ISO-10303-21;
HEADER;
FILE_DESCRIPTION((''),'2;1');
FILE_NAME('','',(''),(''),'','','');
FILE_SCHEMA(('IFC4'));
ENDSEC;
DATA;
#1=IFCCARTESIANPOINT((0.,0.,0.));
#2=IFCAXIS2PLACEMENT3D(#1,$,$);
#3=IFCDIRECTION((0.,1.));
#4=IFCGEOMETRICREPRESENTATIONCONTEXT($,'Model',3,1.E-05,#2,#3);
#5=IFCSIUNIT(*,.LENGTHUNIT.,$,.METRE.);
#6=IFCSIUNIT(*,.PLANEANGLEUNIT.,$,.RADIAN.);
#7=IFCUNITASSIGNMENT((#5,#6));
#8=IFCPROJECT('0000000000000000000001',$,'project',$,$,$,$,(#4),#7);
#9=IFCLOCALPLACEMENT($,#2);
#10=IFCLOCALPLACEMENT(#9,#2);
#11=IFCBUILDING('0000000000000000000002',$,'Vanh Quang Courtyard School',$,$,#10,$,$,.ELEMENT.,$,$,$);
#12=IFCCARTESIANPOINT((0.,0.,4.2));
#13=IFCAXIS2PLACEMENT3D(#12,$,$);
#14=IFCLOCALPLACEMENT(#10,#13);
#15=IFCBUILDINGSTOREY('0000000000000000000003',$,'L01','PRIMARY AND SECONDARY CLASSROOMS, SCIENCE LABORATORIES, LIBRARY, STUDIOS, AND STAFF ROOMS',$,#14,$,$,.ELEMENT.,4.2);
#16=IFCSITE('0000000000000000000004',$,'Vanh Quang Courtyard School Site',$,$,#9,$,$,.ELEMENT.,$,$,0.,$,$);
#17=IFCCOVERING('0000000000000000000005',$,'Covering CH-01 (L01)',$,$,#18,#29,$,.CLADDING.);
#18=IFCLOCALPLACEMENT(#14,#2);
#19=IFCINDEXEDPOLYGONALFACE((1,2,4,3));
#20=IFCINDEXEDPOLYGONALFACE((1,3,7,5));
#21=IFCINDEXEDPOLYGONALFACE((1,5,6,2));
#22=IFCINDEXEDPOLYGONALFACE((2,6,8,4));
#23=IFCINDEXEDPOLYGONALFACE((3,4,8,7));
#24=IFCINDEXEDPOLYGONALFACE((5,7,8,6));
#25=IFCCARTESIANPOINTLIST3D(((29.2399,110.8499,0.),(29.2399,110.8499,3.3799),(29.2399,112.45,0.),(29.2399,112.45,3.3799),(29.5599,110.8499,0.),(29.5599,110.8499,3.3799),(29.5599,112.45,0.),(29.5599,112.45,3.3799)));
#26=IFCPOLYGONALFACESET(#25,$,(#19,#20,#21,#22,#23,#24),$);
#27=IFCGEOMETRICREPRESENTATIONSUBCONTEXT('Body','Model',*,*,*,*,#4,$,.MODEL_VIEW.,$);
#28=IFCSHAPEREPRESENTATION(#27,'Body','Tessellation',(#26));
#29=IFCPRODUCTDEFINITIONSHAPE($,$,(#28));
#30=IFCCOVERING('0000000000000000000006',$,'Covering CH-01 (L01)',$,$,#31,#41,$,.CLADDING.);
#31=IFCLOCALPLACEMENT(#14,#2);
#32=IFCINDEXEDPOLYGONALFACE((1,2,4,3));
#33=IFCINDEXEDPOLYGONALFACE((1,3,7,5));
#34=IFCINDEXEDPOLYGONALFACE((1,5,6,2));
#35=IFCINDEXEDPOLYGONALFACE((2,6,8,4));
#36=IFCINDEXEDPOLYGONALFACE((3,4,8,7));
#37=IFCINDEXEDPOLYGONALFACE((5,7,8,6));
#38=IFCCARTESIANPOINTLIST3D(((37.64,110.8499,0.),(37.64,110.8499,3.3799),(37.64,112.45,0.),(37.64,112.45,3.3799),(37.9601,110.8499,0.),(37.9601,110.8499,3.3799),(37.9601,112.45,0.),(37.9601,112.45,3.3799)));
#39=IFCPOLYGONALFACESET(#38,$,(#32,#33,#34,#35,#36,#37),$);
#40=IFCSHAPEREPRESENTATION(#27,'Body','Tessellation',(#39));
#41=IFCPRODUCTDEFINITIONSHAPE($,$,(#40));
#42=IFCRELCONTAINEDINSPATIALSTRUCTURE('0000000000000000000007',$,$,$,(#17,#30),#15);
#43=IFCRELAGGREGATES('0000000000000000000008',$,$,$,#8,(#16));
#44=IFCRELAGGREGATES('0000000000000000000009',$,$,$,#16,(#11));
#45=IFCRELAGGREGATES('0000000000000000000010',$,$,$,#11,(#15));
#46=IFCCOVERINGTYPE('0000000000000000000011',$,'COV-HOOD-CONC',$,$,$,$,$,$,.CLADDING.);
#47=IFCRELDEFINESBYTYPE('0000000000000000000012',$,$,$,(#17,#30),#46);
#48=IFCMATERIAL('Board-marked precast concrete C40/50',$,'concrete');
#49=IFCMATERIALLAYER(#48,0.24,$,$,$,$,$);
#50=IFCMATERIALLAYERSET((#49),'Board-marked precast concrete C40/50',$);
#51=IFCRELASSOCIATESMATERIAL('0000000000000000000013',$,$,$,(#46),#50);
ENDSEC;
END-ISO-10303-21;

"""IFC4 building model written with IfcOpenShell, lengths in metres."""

from ifc_helpers import new_model, si_unit, direction, frame, origin, origin_2d, place, context, subcontext, project, spatial, rectangle, extrude, material, layer, layer_set, type_object, element, save


model = new_model("IFC4")

# Units and contexts
model_context = context("Model", 3, precision=1e-05, world=origin(), true_north=direction((0.0, 1.0)))
body_context = subcontext(model_context, "Body", "Model", "MODEL_VIEW")
ifc_project = project(units=[si_unit("LENGTHUNIT", "METRE"), si_unit("PLANEANGLEUNIT", "RADIAN")], contexts=[model_context])

# Site, building, storey
site_placement = place(None, origin())
site = spatial("IfcSite", under=ifc_project, at=site_placement, Name="Vanh Quang Courtyard School Site", CompositionType="ELEMENT", RefElevation=0.0)
building_placement = place(site_placement, origin())
building = spatial("IfcBuilding", under=site, at=building_placement, Name="Vanh Quang Courtyard School", CompositionType="ELEMENT")
storey_placement = place(building_placement, frame((0.0, 0.0, 4.2)))
storey = spatial("IfcBuildingStorey", under=building, at=storey_placement, Name="L01", Description="PRIMARY AND SECONDARY CLASSROOMS, SCIENCE LABORATORIES, LIBRARY, STUDIOS, AND STAFF ROOMS", CompositionType="ELEMENT", Elevation=4.2)

# Coverings
ifc_material_1 = material(Name="Board-marked precast concrete C40/50", Category="concrete")
ifc_layer_1 = layer(ifc_material_1, 0.24)
ifc_layer_set_1 = layer_set([ifc_layer_1], Name="Board-marked precast concrete C40/50")
covering_type = type_object("IfcCoveringType", Name="COV-HOOD-CONC", PredefinedType="CLADDING", material=ifc_layer_set_1)
for number, where, z_axis, x_axis, name in (
    (1, (29.3999, 111.6499, 0.0), (0.0, 0.0, 1.0), (0.0, 1.0, 0.0), "Covering CH-01 (L01)"),
    (2, (37.8, 111.6499, 0.0), (0.0, 0.0, 1.0), (0.0, 1.0, 0.0), "Covering CH-01 (L01)"),
):
    element("IfcCovering", number, at=place(storey_placement, frame(where, z_axis=z_axis, x_axis=x_axis)), inside=storey, type_object=covering_type, Name=name, PredefinedType="CLADDING", context=body_context, shape_type="SweptSolid", body=[
        extrude(rectangle(XDim=1.6001, YDim=0.3201, at=origin_2d()), origin(), (0.0, 0.0, 1.0), 3.3799),
    ])

save(model, "model.ifc")
